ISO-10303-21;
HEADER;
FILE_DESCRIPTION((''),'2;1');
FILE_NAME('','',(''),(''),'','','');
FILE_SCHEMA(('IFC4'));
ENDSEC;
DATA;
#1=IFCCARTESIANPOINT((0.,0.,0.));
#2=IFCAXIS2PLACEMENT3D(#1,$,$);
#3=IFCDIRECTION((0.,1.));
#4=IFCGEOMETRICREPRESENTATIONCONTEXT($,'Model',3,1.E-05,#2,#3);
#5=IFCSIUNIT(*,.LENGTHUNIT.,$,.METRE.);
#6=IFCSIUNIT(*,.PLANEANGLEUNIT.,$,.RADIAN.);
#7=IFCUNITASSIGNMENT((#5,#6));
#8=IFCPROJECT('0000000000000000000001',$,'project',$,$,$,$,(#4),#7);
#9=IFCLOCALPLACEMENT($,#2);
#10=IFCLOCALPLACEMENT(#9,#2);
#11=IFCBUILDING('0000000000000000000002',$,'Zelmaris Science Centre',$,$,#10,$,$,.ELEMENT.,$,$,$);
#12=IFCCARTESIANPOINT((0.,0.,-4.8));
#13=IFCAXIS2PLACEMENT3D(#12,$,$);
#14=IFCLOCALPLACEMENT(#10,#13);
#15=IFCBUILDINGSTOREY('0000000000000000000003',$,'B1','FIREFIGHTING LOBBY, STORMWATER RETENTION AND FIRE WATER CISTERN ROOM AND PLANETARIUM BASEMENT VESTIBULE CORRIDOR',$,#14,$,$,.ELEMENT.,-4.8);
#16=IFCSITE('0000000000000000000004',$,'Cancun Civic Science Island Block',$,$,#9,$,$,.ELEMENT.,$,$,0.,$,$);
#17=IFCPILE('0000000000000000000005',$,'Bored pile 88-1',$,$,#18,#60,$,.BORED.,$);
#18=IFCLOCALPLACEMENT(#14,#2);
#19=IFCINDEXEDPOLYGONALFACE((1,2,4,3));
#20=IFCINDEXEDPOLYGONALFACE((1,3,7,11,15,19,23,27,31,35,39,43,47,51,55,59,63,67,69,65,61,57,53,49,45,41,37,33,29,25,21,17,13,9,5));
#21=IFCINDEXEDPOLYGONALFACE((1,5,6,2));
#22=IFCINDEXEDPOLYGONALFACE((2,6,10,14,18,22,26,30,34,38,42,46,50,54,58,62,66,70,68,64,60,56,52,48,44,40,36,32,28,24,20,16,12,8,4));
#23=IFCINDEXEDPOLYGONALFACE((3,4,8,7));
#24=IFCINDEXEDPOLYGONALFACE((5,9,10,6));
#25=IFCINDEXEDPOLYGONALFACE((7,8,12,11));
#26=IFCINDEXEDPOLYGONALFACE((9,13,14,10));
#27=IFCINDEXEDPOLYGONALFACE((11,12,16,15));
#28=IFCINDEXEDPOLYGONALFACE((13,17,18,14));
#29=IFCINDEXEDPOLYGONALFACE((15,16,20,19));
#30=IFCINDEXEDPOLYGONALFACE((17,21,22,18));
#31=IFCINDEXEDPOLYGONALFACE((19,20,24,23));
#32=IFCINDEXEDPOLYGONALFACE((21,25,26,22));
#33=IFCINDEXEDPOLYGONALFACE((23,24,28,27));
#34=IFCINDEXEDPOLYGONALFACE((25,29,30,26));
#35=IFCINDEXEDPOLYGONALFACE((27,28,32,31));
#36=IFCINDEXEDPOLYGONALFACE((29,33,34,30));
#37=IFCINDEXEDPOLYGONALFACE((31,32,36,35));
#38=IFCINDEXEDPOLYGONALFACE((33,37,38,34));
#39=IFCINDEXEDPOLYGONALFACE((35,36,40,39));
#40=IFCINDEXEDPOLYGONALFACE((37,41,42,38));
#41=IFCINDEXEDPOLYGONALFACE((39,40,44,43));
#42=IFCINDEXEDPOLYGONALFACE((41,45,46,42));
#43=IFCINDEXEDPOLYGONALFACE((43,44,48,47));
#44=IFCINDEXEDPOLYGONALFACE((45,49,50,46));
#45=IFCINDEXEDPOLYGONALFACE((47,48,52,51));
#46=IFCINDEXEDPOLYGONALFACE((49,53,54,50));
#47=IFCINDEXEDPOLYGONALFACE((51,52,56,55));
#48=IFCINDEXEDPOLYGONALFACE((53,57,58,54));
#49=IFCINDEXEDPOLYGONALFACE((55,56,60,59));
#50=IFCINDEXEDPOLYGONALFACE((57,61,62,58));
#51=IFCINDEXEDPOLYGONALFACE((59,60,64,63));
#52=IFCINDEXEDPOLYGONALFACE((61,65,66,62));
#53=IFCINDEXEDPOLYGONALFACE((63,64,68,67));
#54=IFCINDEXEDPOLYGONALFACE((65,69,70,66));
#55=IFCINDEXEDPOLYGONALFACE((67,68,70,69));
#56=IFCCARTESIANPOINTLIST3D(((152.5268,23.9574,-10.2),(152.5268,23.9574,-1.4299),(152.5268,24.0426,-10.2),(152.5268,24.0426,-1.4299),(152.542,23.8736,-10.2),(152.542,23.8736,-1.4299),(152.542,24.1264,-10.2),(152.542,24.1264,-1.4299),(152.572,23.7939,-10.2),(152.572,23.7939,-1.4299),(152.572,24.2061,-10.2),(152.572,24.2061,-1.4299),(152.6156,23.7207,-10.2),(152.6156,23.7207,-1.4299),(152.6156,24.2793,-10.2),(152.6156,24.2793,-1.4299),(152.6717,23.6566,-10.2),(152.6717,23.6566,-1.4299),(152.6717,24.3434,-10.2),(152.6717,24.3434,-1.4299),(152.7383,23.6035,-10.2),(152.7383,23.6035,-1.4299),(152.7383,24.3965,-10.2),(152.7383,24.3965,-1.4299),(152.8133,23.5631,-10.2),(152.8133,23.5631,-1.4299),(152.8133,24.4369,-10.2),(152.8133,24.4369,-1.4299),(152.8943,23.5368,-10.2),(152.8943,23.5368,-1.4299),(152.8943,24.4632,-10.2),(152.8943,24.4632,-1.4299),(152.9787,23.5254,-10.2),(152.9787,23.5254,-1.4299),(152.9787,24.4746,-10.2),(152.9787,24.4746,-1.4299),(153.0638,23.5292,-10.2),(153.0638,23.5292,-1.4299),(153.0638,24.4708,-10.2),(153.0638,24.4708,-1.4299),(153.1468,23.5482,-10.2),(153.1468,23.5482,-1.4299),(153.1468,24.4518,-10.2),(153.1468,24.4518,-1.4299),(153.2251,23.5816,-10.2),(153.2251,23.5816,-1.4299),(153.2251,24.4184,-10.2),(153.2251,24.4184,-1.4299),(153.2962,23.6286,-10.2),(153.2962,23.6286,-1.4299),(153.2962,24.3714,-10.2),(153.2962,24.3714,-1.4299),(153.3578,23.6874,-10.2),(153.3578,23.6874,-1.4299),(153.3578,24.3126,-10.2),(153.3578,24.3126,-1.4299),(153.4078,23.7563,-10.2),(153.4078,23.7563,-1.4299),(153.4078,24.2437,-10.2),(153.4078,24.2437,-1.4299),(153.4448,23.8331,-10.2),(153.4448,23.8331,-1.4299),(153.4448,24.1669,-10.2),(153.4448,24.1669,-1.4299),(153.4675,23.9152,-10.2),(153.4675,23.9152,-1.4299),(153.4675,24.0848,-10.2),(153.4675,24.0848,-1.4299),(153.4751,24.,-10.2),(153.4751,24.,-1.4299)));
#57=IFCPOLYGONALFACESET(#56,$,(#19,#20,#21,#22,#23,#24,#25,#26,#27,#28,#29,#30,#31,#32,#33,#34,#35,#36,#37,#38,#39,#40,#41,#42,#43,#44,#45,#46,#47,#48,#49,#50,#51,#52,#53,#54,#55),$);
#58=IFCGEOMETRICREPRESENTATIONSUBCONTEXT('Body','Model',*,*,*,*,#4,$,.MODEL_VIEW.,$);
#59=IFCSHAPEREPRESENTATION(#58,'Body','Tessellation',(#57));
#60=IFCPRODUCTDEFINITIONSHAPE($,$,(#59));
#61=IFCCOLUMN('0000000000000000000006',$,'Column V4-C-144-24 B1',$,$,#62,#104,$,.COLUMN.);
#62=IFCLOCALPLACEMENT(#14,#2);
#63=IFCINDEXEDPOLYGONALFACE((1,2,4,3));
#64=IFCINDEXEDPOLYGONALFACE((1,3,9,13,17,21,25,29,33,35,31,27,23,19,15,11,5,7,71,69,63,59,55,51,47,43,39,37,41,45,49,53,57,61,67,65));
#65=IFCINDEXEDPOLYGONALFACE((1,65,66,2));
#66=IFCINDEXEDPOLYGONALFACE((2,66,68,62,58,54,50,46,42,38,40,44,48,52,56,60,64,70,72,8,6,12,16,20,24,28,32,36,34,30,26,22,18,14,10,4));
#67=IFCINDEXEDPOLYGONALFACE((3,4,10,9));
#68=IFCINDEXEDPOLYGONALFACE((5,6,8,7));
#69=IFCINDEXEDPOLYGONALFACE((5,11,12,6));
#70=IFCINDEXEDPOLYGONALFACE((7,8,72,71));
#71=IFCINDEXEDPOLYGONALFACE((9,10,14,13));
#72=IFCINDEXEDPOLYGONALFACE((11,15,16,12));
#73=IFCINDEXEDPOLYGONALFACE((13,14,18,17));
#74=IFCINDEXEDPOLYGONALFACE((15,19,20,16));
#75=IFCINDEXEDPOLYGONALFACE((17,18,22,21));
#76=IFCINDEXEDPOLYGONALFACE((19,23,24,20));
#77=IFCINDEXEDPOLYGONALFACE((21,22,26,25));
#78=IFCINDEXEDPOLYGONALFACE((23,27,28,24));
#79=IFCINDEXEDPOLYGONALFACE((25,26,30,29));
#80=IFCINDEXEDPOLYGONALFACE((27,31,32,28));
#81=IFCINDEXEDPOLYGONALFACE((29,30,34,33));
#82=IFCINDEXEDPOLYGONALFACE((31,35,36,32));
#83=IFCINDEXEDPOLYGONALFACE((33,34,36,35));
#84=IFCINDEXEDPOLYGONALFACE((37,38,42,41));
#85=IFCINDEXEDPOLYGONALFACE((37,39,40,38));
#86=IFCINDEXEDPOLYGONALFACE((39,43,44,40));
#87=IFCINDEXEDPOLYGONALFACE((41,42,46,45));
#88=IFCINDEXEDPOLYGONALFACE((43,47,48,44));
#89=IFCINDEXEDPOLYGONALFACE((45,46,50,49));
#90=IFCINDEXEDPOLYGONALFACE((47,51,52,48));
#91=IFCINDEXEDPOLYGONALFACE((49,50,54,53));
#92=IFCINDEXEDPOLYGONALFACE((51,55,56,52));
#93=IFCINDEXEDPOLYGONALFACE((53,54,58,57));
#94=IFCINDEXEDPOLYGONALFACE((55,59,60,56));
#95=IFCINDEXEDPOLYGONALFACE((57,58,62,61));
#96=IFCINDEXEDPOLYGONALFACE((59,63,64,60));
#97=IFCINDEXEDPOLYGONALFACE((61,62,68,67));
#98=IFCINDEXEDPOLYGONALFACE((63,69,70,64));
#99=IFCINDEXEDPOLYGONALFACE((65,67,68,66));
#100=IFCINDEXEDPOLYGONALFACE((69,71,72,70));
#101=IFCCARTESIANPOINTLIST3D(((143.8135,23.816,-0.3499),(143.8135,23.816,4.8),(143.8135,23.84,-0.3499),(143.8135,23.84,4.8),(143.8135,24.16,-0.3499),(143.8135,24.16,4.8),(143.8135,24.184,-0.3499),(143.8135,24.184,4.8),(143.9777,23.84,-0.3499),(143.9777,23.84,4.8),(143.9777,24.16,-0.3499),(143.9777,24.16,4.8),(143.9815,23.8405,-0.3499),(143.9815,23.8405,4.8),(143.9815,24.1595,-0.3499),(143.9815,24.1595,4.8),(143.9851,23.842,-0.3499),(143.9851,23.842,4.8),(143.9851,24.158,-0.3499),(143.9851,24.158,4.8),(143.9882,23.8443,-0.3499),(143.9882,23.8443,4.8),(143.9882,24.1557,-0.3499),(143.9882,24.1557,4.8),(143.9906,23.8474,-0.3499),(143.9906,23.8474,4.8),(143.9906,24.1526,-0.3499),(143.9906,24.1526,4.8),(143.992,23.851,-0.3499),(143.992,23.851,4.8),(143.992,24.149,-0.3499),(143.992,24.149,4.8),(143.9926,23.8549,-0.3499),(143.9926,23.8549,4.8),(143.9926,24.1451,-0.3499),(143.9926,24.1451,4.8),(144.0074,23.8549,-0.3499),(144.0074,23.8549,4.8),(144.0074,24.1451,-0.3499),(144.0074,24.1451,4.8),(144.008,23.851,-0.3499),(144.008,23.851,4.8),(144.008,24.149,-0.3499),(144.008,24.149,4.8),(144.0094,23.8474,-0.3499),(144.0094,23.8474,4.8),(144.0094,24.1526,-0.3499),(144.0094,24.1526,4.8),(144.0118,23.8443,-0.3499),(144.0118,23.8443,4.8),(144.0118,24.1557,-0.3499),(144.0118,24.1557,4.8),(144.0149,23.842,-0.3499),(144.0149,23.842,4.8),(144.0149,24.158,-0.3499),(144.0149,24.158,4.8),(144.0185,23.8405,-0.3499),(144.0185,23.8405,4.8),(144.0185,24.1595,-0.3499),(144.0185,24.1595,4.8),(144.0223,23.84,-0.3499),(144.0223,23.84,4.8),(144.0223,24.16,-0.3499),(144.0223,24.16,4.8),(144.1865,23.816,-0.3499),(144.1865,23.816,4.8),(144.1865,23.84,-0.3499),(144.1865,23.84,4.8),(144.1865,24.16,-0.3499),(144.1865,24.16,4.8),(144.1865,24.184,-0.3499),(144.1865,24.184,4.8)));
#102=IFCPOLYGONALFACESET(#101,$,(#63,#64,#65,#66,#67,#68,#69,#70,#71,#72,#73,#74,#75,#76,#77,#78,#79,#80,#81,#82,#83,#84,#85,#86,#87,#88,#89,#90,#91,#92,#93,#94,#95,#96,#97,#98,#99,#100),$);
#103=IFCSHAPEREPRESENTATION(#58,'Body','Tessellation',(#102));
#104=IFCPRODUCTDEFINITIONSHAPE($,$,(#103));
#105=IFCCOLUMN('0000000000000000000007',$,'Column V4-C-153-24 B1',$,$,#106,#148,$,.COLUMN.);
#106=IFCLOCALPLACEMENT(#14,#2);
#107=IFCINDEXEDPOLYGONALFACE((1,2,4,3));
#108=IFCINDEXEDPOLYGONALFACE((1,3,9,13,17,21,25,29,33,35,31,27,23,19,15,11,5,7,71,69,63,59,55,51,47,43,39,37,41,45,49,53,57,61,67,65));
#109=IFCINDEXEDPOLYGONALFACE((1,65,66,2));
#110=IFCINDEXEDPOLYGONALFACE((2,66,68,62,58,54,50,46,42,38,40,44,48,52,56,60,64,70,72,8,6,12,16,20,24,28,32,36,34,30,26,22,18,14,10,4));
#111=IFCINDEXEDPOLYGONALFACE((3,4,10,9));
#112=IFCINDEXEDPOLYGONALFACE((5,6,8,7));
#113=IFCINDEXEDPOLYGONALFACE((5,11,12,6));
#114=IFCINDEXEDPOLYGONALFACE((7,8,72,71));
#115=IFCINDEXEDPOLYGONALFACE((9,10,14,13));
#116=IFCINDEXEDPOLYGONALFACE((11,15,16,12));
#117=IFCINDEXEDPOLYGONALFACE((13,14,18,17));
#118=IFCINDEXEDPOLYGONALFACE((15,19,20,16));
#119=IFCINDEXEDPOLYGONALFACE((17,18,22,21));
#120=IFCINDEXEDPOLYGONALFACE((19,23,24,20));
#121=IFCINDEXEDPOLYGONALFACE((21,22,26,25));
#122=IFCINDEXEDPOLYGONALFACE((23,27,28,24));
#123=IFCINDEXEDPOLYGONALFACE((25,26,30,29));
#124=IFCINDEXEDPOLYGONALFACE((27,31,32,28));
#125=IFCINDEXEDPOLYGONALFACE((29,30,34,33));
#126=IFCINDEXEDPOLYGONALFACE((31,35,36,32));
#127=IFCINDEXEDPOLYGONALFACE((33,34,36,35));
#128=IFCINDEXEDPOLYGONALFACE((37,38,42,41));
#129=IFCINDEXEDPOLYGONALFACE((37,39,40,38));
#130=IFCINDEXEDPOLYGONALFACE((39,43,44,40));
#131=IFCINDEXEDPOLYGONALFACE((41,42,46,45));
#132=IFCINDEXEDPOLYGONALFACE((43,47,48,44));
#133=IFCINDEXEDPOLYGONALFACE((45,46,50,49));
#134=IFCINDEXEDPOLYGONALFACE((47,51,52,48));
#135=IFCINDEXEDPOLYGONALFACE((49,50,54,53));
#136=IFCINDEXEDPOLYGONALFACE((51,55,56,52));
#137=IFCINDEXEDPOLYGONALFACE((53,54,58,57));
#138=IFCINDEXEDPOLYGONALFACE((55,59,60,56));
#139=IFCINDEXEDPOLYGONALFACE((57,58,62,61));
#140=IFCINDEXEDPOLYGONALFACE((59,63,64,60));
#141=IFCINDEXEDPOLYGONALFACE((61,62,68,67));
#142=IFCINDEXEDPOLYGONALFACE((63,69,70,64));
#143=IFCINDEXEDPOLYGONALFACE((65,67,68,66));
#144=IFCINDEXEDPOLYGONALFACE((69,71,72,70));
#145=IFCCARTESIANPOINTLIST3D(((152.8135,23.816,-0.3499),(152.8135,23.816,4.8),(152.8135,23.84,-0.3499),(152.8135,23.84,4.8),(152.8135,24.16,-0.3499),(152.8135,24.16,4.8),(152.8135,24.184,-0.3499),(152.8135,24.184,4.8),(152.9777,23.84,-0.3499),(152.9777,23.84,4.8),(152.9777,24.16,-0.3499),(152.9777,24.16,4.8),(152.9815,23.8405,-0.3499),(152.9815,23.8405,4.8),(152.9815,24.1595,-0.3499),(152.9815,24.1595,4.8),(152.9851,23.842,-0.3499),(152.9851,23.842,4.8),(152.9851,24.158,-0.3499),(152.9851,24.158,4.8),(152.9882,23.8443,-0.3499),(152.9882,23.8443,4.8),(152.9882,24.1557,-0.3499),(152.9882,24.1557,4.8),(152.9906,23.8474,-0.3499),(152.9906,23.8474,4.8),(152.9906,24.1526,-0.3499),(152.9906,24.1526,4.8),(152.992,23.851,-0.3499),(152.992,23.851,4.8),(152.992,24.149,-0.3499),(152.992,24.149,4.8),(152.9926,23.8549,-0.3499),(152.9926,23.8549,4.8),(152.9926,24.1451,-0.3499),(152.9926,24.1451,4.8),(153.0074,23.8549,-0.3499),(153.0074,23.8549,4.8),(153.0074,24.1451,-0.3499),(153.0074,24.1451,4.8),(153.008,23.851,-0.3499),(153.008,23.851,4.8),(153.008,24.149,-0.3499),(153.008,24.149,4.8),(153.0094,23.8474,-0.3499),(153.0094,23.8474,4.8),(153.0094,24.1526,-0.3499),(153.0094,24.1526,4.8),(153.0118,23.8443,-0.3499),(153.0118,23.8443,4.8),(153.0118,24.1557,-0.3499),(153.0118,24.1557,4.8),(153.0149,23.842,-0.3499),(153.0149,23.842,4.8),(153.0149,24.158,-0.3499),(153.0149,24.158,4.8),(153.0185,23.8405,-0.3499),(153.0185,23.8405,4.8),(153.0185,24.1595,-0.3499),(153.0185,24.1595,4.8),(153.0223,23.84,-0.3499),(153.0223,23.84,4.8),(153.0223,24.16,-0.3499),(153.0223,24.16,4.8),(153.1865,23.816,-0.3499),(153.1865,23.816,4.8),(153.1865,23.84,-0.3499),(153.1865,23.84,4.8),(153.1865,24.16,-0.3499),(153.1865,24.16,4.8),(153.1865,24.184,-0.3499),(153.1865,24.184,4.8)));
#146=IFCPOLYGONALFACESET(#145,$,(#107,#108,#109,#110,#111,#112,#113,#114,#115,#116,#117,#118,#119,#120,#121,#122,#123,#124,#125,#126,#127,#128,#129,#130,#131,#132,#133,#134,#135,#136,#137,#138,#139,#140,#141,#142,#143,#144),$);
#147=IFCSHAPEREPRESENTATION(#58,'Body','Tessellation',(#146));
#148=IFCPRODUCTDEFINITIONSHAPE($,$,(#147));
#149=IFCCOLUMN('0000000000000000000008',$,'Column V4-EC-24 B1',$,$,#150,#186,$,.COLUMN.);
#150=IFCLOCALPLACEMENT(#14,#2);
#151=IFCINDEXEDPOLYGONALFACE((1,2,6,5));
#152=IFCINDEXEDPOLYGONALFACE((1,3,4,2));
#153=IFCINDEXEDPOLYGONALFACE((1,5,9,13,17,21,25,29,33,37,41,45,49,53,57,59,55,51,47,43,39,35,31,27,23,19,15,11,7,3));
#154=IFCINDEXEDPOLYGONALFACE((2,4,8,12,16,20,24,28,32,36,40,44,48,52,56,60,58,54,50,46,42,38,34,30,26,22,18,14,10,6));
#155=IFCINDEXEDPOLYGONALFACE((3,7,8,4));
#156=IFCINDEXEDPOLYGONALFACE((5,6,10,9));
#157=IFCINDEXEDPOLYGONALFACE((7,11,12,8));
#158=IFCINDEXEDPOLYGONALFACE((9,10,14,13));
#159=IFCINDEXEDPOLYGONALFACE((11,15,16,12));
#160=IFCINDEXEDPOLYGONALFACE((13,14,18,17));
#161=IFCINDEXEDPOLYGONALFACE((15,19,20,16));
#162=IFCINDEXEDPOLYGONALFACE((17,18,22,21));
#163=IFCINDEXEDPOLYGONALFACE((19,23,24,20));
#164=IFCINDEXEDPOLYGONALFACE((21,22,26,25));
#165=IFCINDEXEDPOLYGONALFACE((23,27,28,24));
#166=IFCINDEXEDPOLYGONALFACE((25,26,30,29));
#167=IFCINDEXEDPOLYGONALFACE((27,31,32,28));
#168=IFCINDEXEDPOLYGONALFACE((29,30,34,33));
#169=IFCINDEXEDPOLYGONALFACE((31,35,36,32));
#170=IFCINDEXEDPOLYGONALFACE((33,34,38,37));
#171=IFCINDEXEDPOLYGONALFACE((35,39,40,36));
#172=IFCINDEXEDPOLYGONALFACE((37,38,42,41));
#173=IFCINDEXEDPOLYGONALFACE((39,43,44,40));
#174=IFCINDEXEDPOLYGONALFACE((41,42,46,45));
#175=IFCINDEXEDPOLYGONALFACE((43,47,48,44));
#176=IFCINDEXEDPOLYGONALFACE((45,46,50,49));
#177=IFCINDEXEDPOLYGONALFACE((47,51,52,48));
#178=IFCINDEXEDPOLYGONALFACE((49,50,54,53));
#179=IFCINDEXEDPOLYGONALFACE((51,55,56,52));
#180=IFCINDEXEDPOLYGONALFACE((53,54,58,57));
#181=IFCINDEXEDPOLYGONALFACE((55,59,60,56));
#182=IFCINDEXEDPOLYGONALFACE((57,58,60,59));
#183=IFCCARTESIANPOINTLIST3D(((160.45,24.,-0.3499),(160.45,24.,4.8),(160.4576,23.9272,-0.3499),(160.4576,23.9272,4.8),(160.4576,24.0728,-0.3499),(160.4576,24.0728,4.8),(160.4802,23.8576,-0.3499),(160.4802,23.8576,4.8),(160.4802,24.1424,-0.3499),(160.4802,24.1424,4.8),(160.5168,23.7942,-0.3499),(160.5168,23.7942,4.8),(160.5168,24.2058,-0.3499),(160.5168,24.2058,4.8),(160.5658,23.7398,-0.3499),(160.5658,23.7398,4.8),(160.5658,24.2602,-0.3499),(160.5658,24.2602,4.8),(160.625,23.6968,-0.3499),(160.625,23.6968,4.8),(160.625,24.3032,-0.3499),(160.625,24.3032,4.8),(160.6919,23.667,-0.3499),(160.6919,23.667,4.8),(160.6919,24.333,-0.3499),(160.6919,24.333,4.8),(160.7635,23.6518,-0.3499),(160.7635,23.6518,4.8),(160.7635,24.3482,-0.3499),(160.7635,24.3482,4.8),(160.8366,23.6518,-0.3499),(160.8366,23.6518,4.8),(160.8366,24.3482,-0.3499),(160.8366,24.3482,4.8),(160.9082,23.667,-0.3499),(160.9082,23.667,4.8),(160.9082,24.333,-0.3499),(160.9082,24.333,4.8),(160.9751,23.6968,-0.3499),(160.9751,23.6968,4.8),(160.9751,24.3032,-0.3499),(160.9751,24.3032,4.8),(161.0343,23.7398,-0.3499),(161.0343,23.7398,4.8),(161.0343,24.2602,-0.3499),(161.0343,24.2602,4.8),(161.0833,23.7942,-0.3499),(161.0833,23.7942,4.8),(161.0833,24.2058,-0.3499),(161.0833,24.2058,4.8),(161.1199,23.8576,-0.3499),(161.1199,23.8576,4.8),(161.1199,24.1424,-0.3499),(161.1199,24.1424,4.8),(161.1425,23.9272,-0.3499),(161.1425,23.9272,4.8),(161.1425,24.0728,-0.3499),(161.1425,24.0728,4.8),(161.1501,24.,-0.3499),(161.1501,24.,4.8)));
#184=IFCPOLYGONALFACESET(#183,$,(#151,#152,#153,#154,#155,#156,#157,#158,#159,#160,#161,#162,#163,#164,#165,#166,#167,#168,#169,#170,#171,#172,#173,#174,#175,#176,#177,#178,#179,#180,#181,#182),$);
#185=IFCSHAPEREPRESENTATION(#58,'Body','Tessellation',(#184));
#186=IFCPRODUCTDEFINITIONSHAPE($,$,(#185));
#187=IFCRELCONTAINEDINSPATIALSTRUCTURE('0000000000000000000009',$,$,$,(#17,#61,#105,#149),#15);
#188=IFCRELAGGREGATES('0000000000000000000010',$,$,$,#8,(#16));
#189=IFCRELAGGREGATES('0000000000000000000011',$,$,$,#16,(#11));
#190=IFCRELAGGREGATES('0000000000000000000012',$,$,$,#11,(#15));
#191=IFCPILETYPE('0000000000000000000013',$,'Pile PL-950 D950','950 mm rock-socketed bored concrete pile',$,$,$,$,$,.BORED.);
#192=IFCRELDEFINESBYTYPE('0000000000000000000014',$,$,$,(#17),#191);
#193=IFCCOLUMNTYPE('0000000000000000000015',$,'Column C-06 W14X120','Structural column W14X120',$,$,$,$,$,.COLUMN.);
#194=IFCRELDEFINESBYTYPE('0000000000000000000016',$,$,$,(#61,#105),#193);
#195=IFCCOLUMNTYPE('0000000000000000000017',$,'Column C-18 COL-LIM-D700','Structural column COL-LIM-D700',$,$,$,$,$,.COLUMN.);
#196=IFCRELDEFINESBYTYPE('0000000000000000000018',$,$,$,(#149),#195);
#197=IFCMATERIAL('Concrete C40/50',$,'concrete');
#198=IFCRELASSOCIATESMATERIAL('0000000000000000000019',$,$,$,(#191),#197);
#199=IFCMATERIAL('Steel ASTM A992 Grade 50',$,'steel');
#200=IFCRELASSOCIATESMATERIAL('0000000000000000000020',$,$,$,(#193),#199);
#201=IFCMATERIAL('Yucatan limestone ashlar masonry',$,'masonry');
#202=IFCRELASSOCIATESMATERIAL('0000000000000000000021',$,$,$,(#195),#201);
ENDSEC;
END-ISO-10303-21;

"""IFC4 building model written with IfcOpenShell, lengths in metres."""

from ifc_helpers import new_model, si_unit, direction, frame, origin, origin_2d, place, context, subcontext, project, spatial, circle, i_section, extrude, material, material_profile, profile_set, type_object, element, save


model = new_model("IFC4")

# Units and contexts
model_context = context("Model", 3, precision=1e-05, world=origin(), true_north=direction((0.0, 1.0)))
body_context = subcontext(model_context, "Body", "Model", "MODEL_VIEW")
ifc_project = project(units=[si_unit("LENGTHUNIT", "METRE"), si_unit("PLANEANGLEUNIT", "RADIAN")], contexts=[model_context])

# Site, building, storey
site_placement = place(None, origin())
site = spatial("IfcSite", under=ifc_project, at=site_placement, Name="Cancun Civic Science Island Block", CompositionType="ELEMENT", RefElevation=0.0)
building_placement = place(site_placement, origin())
building = spatial("IfcBuilding", under=site, at=building_placement, Name="Zelmaris Science Centre", CompositionType="ELEMENT")
storey_placement = place(building_placement, frame((0.0, 0.0, -4.8)))
storey = spatial("IfcBuildingStorey", under=building, at=storey_placement, Name="B1", Description="FIREFIGHTING LOBBY, STORMWATER RETENTION AND FIRE WATER CISTERN ROOM AND PLANETARIUM BASEMENT VESTIBULE CORRIDOR", CompositionType="ELEMENT", Elevation=-4.8)

# Shared definitions
ifc_material_1 = material(Name="Concrete C40/50", Category="concrete")

# Pile
ifc_material_profile_1 = material_profile(ifc_material_1, circle(Radius=0.4751, at=origin_2d()), Name="PILE-950")
ifc_profile_set_1 = profile_set([ifc_material_profile_1], Name="Concrete C40/50")
pile_type_1 = type_object("IfcPileType", Name="Pile PL-950 D950", Description="950 mm rock-socketed bored concrete pile", PredefinedType="BORED", material=ifc_profile_set_1)
pile_1_placement = place(storey_placement, frame((153.0, 24.0, -1.4299), z_axis=(0.0, 0.0, -1.0), x_axis=(1.0, 0.0, 0.0)))
element("IfcPile", 1, at=pile_1_placement, inside=storey, type_object=pile_type_1, Name="Bored pile 88-1", PredefinedType="BORED", context=body_context, shape_type="SweptSolid", body=[
    extrude(circle(Radius=0.4751, at=origin_2d()), origin(), (0.0, 0.0, 1.0), 8.77),
])

# Columns
ifc_material_2 = material(Name="Steel ASTM A992 Grade 50", Category="steel")
ifc_material_profile_2 = material_profile(ifc_material_2, i_section(OverallWidth=0.373, OverallDepth=0.3679, WebThickness=0.0149, FlangeThickness=0.0239, FilletRadius=0.0149, at=origin_2d()), Name="W14X120")
ifc_profile_set_2 = profile_set([ifc_material_profile_2], Name="Steel ASTM A992 Grade 50")
column_type_1 = type_object("IfcColumnType", Name="Column C-06 W14X120", Description="Structural column W14X120", PredefinedType="COLUMN", material=ifc_profile_set_2)
for number, where, z_axis, x_axis, name in (
    (2, (144.0, 24.0, -0.3499), (0.0, 0.0, 1.0), (1.0, 0.0, 0.0), "Column V4-C-144-24 B1"),
    (3, (153.0, 24.0, -0.3499), (0.0, 0.0, 1.0), (1.0, 0.0, 0.0), "Column V4-C-153-24 B1"),
):
    element("IfcColumn", number, at=place(storey_placement, frame(where, z_axis=z_axis, x_axis=x_axis)), inside=storey, type_object=column_type_1, Name=name, PredefinedType="COLUMN", context=body_context, shape_type="SweptSolid", body=[
        extrude(i_section(OverallWidth=0.373, OverallDepth=0.3679, WebThickness=0.0149, FlangeThickness=0.0239, FilletRadius=0.0149, at=origin_2d()), origin(), (0.0, 0.0, 1.0), 5.1499),
    ])
ifc_material_3 = material(Name="Yucatan limestone ashlar masonry", Category="masonry")
ifc_material_profile_3 = material_profile(ifc_material_3, circle(Radius=0.3501, at=origin_2d()), Name="COL-LIM-D700")
ifc_profile_set_3 = profile_set([ifc_material_profile_3], Name="Yucatan limestone ashlar masonry")
column_type_2 = type_object("IfcColumnType", Name="Column C-18 COL-LIM-D700", Description="Structural column COL-LIM-D700", PredefinedType="COLUMN", material=ifc_profile_set_3)
column_placement = place(storey_placement, frame((160.8, 24.0, -0.3499), z_axis=(0.0, 0.0, 1.0), x_axis=(1.0, 0.0, 0.0)))
element("IfcColumn", 4, at=column_placement, inside=storey, type_object=column_type_2, Name="Column V4-EC-24 B1", PredefinedType="COLUMN", context=body_context, shape_type="SweptSolid", body=[
    extrude(circle(Radius=0.3501, at=origin_2d()), origin(), (0.0, 0.0, 1.0), 5.1499),
])

save(model, "model.ifc")
